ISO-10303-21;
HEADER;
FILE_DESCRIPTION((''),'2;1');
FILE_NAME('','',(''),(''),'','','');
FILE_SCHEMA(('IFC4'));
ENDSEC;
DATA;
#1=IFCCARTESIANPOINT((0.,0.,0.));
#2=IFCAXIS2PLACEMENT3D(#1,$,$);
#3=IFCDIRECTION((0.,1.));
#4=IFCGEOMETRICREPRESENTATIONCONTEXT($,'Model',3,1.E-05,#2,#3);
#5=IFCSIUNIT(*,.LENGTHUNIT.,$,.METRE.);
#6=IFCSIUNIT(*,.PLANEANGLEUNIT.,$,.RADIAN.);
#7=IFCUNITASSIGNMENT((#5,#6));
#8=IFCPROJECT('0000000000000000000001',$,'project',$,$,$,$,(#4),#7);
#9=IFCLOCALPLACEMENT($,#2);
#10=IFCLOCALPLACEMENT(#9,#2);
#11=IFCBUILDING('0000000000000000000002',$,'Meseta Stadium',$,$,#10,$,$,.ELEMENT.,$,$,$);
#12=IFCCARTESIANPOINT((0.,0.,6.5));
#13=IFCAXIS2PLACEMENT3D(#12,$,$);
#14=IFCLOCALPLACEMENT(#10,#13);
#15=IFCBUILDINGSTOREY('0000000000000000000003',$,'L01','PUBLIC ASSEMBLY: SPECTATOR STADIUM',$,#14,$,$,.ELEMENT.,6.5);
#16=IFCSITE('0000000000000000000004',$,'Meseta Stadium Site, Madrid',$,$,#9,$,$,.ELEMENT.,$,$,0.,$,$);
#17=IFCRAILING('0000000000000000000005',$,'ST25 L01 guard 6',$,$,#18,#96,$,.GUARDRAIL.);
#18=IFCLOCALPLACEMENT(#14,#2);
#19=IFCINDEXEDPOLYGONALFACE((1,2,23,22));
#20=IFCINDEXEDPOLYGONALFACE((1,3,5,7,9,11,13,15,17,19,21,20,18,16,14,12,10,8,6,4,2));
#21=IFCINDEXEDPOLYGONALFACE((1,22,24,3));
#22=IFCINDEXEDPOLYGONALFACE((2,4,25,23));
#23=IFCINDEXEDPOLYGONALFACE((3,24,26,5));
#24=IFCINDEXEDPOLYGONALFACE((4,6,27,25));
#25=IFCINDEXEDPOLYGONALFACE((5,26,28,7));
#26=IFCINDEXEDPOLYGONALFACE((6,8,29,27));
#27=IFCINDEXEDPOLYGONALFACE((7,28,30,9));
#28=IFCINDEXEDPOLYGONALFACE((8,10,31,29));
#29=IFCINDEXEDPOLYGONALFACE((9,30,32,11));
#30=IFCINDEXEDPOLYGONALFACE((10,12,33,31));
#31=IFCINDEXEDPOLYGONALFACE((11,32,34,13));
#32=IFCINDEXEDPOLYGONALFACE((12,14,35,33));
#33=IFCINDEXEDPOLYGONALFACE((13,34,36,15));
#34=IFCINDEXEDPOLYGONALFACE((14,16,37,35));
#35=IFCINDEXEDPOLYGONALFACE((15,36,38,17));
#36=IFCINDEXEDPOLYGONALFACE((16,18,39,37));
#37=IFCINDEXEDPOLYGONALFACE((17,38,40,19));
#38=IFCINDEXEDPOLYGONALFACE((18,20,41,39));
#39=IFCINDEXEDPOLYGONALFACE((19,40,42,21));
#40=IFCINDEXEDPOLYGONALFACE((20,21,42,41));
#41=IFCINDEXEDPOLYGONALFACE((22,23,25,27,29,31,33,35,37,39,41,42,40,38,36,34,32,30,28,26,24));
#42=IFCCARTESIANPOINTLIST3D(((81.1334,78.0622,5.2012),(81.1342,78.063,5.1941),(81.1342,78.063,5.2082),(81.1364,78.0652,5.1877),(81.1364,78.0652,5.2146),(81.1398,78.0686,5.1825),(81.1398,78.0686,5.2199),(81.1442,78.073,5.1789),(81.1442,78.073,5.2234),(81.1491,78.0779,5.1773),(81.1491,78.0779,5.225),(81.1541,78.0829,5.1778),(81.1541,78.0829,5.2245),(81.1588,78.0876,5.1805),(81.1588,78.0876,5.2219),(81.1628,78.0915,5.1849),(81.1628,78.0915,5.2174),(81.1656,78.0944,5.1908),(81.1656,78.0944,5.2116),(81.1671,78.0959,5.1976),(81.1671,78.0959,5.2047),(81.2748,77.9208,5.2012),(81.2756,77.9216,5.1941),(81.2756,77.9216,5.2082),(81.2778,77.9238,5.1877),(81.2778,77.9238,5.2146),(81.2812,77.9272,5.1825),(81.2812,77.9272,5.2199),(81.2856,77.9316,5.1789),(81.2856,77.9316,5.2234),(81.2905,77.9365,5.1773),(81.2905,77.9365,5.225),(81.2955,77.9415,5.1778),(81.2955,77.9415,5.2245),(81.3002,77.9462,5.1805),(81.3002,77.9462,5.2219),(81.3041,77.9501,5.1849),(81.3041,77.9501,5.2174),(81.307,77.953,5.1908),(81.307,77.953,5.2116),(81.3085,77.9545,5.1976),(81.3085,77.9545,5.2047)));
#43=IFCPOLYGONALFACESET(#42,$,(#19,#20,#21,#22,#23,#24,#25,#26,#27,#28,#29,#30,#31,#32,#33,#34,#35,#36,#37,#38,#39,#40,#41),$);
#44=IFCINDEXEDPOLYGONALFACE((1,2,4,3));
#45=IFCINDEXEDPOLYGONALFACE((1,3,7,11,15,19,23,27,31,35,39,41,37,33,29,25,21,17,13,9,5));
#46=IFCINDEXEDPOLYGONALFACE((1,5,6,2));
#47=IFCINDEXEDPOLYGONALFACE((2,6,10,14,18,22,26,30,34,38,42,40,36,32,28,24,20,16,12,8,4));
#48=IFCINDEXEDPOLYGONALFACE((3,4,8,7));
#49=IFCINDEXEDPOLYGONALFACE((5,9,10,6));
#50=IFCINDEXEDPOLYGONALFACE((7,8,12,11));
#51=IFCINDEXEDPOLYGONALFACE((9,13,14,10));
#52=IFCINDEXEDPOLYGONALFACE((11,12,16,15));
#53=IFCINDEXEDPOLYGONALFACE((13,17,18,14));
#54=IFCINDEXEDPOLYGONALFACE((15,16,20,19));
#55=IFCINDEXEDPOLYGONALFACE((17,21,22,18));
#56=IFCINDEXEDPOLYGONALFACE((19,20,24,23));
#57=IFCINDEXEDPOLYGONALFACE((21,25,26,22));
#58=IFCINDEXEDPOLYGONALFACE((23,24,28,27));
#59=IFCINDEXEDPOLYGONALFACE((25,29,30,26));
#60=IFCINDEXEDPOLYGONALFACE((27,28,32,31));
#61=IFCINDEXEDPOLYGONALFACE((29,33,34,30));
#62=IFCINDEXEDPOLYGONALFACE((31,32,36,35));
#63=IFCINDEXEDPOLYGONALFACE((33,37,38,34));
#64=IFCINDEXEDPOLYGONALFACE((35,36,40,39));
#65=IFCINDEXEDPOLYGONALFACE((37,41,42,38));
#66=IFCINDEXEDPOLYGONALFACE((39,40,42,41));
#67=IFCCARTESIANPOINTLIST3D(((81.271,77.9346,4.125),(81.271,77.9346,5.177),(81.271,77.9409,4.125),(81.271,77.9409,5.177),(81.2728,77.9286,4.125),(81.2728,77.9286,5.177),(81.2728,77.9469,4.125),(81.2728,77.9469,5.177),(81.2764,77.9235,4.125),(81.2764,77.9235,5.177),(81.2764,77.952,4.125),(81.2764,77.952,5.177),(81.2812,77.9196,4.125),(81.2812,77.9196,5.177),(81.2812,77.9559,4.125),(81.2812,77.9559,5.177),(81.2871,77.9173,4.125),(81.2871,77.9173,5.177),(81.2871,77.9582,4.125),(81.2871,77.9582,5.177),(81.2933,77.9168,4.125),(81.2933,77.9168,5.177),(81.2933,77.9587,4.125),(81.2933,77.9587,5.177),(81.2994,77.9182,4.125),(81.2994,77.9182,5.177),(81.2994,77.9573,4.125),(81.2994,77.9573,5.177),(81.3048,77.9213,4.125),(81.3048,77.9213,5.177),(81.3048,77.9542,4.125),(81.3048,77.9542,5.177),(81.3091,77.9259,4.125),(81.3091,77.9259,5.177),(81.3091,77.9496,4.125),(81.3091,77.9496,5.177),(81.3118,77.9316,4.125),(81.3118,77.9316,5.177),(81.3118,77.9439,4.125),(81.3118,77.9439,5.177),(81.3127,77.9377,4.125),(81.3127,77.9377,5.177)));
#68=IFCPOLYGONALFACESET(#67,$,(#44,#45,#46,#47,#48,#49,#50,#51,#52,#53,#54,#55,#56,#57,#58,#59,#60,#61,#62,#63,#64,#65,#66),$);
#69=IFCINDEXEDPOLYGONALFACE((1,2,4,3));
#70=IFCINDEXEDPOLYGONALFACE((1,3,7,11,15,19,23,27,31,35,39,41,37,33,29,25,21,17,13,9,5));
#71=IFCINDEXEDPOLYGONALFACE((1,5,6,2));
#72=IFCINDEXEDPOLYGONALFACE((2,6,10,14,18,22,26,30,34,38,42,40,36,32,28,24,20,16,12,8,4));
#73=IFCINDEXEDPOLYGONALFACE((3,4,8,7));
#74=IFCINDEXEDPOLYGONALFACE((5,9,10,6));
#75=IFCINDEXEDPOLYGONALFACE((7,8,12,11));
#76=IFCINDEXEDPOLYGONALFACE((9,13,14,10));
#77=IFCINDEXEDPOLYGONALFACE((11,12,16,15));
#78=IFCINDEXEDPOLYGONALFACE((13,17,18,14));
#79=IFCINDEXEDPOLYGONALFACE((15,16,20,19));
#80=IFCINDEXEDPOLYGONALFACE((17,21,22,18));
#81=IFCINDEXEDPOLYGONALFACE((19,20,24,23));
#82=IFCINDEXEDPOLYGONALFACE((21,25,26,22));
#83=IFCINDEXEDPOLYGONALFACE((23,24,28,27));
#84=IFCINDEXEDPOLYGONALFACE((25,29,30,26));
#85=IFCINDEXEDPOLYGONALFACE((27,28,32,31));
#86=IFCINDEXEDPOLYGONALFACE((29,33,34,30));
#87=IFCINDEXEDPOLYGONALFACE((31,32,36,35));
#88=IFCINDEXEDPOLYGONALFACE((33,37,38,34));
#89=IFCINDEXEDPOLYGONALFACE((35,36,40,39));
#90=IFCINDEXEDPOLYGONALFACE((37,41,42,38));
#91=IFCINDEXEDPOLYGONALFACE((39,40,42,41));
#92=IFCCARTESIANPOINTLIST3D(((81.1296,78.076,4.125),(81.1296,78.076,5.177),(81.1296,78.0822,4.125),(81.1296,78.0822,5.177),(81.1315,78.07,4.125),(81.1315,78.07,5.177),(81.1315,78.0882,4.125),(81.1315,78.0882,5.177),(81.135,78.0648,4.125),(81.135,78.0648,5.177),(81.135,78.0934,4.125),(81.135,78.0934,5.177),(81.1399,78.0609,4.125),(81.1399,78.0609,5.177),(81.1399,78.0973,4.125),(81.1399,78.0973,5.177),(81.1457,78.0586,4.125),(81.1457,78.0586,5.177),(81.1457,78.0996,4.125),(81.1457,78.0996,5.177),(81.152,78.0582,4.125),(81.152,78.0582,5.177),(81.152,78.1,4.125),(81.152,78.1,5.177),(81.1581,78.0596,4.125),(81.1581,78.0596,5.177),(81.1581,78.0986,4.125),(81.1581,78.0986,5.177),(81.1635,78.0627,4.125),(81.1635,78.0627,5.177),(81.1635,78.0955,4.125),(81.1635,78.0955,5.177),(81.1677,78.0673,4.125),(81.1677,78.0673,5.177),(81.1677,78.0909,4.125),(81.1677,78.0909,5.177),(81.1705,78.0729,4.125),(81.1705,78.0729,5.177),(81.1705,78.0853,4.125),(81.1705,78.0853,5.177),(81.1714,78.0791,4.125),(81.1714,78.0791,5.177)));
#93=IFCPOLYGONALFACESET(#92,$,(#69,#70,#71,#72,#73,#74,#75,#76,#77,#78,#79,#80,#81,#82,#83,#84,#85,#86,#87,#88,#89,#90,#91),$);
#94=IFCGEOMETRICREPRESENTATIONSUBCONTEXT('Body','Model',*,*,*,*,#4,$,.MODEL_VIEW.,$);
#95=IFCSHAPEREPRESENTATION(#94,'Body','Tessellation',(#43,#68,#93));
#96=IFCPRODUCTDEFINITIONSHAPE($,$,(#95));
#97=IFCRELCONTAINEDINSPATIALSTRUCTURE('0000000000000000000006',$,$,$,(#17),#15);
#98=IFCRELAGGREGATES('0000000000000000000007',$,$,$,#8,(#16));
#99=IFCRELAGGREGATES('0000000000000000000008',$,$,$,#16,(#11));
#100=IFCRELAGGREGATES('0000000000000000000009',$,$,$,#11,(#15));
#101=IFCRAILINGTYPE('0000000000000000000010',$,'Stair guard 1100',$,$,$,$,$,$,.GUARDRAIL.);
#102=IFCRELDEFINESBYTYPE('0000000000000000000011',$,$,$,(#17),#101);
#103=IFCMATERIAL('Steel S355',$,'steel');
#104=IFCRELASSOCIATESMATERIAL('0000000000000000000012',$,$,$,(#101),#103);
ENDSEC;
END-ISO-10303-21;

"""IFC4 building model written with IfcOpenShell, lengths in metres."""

from ifc_helpers import new_model, si_unit, direction, frame, origin, origin_2d, place, context, subcontext, project, spatial, circle, extrude, material, type_object, element, save


model = new_model("IFC4")

# Units and contexts
model_context = context("Model", 3, precision=1e-05, world=origin(), true_north=direction((0.0, 1.0)))
body_context = subcontext(model_context, "Body", "Model", "MODEL_VIEW")
ifc_project = project(units=[si_unit("LENGTHUNIT", "METRE"), si_unit("PLANEANGLEUNIT", "RADIAN")], contexts=[model_context])

# Site, building, storey
site_placement = place(None, origin())
site = spatial("IfcSite", under=ifc_project, at=site_placement, Name="Meseta Stadium Site, Madrid", CompositionType="ELEMENT", RefElevation=0.0)
building_placement = place(site_placement, origin())
building = spatial("IfcBuilding", under=site, at=building_placement, Name="Meseta Stadium", CompositionType="ELEMENT")
storey_placement = place(building_placement, frame((0.0, 0.0, 6.5)))
storey = spatial("IfcBuildingStorey", under=building, at=storey_placement, Name="L01", Description="PUBLIC ASSEMBLY: SPECTATOR STADIUM", CompositionType="ELEMENT", Elevation=6.5)

# Railing
ifc_material_1 = material(Name="Steel S355", Category="steel")
railing_type_1 = type_object("IfcRailingType", Name="Stair guard 1100", PredefinedType="GUARDRAIL", material=ifc_material_1)
railing_1_placement = place(storey_placement, frame((81.2917, 77.9377, 4.125)))
element("IfcRailing", 1, at=railing_1_placement, inside=storey, type_object=railing_type_1, Name="ST25 L01 guard 6", PredefinedType="GUARDRAIL", context=body_context, shape_type="SweptSolid", body=[
    extrude(circle(Radius=0.0239, at=origin_2d()), frame((0.0, 0.0, 1.0762), z_axis=(-0.707107, 0.707107, 0.0), x_axis=(-0.707107, -0.707107, 0.0)), (0.0, 0.0, 1.0), 0.2),
    extrude(circle(Radius=0.021, at=origin_2d()), origin(), (0.0, 0.0, 1.0), 1.052),
    extrude(circle(Radius=0.021, at=origin_2d()), frame((-0.1414, 0.1414, 0.0)), (0.0, 0.0, 1.0), 1.052),
])

save(model, "model.ifc")
